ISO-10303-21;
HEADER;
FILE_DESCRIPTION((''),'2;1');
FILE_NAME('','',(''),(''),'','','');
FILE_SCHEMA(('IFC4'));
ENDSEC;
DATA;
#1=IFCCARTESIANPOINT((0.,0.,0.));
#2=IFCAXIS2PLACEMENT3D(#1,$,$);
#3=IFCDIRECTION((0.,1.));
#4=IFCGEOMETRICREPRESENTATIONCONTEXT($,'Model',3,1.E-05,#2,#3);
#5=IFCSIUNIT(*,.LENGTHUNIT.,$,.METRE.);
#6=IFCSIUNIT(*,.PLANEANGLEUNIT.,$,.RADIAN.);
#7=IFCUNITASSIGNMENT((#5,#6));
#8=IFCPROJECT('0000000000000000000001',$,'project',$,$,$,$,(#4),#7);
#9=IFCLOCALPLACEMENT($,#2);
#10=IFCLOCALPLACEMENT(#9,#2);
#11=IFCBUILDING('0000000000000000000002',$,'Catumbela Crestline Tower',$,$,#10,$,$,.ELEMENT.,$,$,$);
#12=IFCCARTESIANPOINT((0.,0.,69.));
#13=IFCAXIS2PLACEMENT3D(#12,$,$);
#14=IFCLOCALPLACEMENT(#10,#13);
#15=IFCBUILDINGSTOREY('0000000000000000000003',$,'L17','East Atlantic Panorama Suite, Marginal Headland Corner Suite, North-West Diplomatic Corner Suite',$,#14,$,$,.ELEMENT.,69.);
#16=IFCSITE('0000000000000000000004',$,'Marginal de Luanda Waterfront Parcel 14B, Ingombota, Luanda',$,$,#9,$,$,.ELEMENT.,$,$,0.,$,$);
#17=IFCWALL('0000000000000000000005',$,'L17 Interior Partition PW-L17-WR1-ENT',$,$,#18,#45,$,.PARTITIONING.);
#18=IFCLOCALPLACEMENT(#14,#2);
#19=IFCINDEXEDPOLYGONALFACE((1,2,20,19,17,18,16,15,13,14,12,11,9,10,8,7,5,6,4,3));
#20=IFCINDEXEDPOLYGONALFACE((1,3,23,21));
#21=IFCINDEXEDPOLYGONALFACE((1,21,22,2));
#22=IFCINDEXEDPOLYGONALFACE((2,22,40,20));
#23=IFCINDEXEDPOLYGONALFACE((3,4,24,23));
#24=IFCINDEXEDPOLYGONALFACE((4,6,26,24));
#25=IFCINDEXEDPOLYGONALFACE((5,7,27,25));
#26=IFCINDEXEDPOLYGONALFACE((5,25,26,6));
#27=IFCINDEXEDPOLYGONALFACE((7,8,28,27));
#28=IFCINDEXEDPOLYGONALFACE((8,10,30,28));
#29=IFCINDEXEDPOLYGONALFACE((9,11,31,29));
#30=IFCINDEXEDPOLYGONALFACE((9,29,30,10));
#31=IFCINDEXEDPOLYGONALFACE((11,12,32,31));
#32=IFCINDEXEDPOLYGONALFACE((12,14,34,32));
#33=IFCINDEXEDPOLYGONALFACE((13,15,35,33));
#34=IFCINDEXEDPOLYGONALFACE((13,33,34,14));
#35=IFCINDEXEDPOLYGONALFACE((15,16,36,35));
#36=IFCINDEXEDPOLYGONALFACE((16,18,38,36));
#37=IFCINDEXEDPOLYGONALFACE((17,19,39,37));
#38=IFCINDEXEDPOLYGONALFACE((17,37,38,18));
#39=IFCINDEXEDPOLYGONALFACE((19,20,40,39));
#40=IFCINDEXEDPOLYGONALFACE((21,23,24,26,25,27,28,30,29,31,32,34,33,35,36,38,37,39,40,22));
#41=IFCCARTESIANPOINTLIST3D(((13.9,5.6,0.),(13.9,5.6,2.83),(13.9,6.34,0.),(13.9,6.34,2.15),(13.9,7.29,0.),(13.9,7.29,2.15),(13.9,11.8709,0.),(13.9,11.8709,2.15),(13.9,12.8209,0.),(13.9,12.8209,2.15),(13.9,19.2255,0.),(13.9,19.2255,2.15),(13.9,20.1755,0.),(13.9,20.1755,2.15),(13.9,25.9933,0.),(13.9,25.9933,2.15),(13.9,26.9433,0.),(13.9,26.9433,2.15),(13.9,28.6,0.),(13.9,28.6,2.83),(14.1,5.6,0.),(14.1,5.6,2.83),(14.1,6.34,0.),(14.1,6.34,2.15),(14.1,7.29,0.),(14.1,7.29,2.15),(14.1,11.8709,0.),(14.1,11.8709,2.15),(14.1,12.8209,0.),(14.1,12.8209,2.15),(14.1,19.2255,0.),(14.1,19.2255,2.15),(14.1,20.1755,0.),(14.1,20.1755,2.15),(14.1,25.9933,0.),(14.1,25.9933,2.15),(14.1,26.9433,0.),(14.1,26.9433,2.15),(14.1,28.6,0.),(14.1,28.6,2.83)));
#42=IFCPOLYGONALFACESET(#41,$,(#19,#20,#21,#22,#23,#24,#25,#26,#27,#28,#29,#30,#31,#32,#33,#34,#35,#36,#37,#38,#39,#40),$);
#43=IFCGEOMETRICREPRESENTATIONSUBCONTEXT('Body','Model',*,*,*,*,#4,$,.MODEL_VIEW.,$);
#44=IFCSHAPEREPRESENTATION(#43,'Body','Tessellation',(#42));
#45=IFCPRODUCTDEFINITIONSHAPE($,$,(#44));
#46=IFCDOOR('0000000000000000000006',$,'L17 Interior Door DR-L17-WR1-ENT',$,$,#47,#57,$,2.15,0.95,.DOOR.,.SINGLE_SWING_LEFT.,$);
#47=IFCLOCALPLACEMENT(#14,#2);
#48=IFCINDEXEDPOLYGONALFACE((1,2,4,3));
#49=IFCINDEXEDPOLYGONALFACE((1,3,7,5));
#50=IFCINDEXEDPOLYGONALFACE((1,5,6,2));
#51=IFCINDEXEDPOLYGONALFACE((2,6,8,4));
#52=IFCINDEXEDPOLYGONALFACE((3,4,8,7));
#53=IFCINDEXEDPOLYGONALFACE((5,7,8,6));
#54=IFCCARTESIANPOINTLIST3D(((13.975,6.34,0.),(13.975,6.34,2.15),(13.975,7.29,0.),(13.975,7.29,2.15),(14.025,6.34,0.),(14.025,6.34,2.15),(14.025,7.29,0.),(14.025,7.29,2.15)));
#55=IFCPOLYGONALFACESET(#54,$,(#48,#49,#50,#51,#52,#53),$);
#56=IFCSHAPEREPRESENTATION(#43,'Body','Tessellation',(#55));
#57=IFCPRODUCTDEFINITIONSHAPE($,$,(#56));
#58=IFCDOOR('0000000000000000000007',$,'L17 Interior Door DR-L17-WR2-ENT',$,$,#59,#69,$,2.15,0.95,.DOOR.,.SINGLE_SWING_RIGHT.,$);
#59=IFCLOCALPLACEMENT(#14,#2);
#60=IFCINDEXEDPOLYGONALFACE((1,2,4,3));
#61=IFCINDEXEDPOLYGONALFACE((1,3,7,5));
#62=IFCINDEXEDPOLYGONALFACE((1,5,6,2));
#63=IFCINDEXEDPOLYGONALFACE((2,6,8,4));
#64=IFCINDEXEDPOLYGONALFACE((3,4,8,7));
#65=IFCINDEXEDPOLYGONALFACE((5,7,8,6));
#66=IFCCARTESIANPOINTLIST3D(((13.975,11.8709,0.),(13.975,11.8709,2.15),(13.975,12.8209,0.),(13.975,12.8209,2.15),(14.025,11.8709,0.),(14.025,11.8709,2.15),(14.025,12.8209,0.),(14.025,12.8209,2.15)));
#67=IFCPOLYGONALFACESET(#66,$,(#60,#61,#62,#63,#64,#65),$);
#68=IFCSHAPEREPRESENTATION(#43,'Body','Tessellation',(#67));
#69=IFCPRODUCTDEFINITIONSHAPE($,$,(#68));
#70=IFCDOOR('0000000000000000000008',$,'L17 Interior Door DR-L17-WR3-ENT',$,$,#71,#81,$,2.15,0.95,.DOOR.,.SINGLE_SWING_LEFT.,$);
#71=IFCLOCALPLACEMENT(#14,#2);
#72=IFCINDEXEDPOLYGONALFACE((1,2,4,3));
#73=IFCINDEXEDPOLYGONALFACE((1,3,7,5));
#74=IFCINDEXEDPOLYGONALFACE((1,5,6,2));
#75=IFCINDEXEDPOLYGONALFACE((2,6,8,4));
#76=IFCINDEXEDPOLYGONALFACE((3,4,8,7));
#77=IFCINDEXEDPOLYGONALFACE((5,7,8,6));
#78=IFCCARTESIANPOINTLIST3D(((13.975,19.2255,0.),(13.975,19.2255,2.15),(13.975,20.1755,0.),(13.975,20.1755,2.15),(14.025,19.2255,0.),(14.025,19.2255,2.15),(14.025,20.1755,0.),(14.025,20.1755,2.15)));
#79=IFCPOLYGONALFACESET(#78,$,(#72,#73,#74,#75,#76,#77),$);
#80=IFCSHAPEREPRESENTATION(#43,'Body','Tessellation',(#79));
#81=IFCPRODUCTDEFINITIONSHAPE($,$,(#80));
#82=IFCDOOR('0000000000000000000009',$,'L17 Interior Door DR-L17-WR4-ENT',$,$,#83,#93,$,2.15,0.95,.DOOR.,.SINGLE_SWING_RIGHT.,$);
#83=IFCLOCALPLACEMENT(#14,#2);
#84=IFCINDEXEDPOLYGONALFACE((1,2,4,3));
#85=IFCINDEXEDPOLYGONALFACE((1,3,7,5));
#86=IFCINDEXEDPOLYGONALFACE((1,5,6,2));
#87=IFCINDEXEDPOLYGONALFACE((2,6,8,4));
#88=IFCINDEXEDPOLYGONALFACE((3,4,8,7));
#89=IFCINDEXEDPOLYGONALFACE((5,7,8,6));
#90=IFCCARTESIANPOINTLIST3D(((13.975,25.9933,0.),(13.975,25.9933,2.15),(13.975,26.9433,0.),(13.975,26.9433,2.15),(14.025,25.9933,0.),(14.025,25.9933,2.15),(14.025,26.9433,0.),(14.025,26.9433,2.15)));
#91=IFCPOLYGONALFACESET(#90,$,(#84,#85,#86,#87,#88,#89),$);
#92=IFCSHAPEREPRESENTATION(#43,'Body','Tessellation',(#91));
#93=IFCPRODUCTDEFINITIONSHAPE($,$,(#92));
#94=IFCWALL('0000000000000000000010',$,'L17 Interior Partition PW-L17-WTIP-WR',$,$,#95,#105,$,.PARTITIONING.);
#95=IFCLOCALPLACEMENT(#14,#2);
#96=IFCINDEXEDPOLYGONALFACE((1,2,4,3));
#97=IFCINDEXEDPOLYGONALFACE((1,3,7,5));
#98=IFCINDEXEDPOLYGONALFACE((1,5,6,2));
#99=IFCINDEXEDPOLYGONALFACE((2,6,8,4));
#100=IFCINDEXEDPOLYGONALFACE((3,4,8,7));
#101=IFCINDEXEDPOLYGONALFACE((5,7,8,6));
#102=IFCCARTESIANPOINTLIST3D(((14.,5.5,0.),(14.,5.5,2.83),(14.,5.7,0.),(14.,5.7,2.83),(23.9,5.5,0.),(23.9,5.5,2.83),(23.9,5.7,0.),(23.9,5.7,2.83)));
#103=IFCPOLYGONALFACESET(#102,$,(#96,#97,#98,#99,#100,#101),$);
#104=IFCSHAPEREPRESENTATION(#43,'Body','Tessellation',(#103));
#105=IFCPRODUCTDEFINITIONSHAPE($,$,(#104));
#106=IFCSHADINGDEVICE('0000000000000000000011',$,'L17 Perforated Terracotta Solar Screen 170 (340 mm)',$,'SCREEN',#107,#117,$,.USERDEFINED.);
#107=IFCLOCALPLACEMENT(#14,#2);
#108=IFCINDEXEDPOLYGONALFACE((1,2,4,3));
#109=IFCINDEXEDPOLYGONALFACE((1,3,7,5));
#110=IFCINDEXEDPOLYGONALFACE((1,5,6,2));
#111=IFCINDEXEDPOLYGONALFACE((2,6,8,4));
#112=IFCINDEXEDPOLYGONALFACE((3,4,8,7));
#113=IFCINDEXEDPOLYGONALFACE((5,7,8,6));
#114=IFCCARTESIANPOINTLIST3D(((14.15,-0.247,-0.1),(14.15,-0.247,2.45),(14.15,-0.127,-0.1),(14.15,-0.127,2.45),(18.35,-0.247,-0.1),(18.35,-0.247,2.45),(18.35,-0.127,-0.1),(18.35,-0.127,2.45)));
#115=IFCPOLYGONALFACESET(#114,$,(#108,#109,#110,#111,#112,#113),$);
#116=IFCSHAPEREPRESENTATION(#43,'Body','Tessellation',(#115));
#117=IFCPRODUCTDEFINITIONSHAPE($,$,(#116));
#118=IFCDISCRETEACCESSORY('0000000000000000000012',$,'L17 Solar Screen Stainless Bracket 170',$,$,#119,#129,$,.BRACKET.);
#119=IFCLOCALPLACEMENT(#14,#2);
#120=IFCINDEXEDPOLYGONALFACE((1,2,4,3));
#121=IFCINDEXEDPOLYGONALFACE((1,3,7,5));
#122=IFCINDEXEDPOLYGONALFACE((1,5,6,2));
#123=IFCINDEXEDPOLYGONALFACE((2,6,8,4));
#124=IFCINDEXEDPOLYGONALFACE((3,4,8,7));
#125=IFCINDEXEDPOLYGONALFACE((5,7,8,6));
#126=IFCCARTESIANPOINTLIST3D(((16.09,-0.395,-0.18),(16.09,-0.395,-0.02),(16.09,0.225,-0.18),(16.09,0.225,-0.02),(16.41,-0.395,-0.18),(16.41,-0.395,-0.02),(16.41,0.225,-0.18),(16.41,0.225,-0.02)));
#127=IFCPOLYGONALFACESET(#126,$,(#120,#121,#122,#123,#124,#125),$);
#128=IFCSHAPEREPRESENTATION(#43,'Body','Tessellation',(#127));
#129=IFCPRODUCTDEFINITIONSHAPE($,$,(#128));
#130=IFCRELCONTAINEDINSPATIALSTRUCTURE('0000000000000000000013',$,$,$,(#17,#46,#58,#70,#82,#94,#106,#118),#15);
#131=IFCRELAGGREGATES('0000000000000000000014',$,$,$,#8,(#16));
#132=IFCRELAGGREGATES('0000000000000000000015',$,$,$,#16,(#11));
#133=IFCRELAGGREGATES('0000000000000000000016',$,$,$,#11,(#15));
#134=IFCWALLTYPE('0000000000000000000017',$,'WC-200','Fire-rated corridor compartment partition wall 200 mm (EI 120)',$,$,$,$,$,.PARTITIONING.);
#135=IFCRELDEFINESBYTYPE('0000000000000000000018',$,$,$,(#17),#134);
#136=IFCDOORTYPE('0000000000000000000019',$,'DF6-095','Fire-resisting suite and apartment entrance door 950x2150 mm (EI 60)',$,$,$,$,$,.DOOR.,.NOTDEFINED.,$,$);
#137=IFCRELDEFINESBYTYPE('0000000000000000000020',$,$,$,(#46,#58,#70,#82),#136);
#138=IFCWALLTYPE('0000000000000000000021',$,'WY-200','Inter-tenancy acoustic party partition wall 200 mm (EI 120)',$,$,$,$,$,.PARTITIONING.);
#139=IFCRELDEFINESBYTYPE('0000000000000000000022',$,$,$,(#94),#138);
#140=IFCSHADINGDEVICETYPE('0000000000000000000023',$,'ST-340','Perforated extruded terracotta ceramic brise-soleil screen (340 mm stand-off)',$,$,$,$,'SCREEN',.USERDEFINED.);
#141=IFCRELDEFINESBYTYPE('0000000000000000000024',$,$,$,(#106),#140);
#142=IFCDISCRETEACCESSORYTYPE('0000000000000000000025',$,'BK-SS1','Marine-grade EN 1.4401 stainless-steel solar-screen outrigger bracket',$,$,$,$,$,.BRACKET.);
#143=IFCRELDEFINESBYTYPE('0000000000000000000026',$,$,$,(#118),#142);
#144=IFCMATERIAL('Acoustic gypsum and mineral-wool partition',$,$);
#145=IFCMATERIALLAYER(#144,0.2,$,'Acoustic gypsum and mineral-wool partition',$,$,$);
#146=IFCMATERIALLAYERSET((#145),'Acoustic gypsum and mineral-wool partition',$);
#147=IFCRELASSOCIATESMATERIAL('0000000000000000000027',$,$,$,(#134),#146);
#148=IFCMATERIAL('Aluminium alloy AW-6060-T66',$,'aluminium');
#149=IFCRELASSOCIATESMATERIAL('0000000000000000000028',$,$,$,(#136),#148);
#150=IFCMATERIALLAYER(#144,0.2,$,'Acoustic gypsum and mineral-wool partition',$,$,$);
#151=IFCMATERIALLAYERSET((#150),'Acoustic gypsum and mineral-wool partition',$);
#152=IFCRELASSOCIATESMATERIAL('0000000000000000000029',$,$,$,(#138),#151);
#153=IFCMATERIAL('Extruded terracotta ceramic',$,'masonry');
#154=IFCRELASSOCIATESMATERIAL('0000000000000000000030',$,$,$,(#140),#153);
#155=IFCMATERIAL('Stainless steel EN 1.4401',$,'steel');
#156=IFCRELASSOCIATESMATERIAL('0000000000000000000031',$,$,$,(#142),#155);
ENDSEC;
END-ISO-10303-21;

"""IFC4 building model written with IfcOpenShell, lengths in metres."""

from ifc_helpers import new_model, si_unit, direction, frame, frame_2d, origin, origin_2d, place, context, subcontext, project, spatial, rectangle, extrude, material, layer, layer_set, type_object, element, fill, save


model = new_model("IFC4")

# Units and contexts
model_context = context("Model", 3, precision=1e-05, world=origin(), true_north=direction((0.0, 1.0)))
body_context = subcontext(model_context, "Body", "Model", "MODEL_VIEW")
ifc_project = project(units=[si_unit("LENGTHUNIT", "METRE"), si_unit("PLANEANGLEUNIT", "RADIAN")], contexts=[model_context])

# Site, building, storey
site_placement = place(None, origin())
site = spatial("IfcSite", under=ifc_project, at=site_placement, Name="Marginal de Luanda Waterfront Parcel 14B, Ingombota, Luanda", CompositionType="ELEMENT", RefElevation=0.0)
building_placement = place(site_placement, origin())
building = spatial("IfcBuilding", under=site, at=building_placement, Name="Catumbela Crestline Tower", CompositionType="ELEMENT")
storey_placement = place(building_placement, frame((0.0, 0.0, 69.0)))
storey = spatial("IfcBuildingStorey", under=building, at=storey_placement, Name="L17", Description="East Atlantic Panorama Suite, Marginal Headland Corner Suite, North-West Diplomatic Corner Suite", CompositionType="ELEMENT", Elevation=69.0)

# Shared definitions
ifc_material_1 = material(Name="Aluminium alloy AW-6060-T66", Category="aluminium")

# Wall, openings, doors
ifc_material_2 = material(Name="Acoustic gypsum and mineral-wool partition")
ifc_layer_1 = layer(ifc_material_2, 0.2, Name="Acoustic gypsum and mineral-wool partition")
ifc_layer_set_1 = layer_set([ifc_layer_1], Name="Acoustic gypsum and mineral-wool partition")
wall_type_1 = type_object("IfcWallType", Name="WC-200", Description="Fire-rated corridor compartment partition wall 200 mm (EI 120)", PredefinedType="PARTITIONING", material=ifc_layer_set_1)
door_type = type_object("IfcDoorType", Name="DF6-095", Description="Fire-resisting suite and apartment entrance door 950x2150 mm (EI 60)", OperationType="NOTDEFINED", PredefinedType="DOOR", material=ifc_material_1)
wall_1_placement = place(storey_placement, frame((14.0, 5.6, 0.0), z_axis=(0.0, 0.0, 1.0), x_axis=(0.0, 1.0, 0.0)))
wall_1 = element("IfcWall", 1, at=wall_1_placement, inside=storey, type_object=wall_type_1, Name="L17 Interior Partition PW-L17-WR1-ENT", PredefinedType="PARTITIONING", context=body_context, shape_type="SweptSolid", body=[
    extrude(rectangle(XDim=23.0, YDim=0.2, at=frame_2d((11.5, 0.0))), origin(), (0.0, 0.0, 1.0), 2.83),
])
opening_1_placement = place(wall_1_placement, frame((0.74, 0.0, 0.0)))
opening_1 = element("IfcOpeningElement", 2, at=opening_1_placement, cuts=wall_1, PredefinedType="OPENING", context=body_context, shape_type="SweptSolid", body=[
    extrude(rectangle(XDim=0.95, YDim=2.15, at=frame_2d((0.475, 1.075))), frame((0.0, 0.11, 0.0), z_axis=(0.0, -1.0, 0.0), x_axis=(1.0, 0.0, 0.0)), (0.0, 0.0, 1.0), 0.22),
])
opening_2_placement = place(wall_1_placement, frame((6.2709, 0.0, 0.0)))
opening_2 = element("IfcOpeningElement", 3, at=opening_2_placement, cuts=wall_1, PredefinedType="OPENING", context=body_context, shape_type="SweptSolid", body=[
    extrude(rectangle(XDim=0.95, YDim=2.15, at=frame_2d((0.475, 1.075))), frame((0.0, 0.11, 0.0), z_axis=(0.0, -1.0, 0.0), x_axis=(1.0, 0.0, 0.0)), (0.0, 0.0, 1.0), 0.22),
])
opening_3_placement = place(wall_1_placement, frame((13.6255, 0.0, 0.0)))
opening_3 = element("IfcOpeningElement", 4, at=opening_3_placement, cuts=wall_1, PredefinedType="OPENING", context=body_context, shape_type="SweptSolid", body=[
    extrude(rectangle(XDim=0.95, YDim=2.15, at=frame_2d((0.475, 1.075))), frame((0.0, 0.11, 0.0), z_axis=(0.0, -1.0, 0.0), x_axis=(1.0, 0.0, 0.0)), (0.0, 0.0, 1.0), 0.22),
])
opening_4_placement = place(wall_1_placement, frame((20.3933, 0.0, 0.0)))
opening_4 = element("IfcOpeningElement", 5, at=opening_4_placement, cuts=wall_1, PredefinedType="OPENING", context=body_context, shape_type="SweptSolid", body=[
    extrude(rectangle(XDim=0.95, YDim=2.15, at=frame_2d((0.475, 1.075))), frame((0.0, 0.11, 0.0), z_axis=(0.0, -1.0, 0.0), x_axis=(1.0, 0.0, 0.0)), (0.0, 0.0, 1.0), 0.22),
])
door_1_placement = place(opening_1_placement, origin())
door_1 = element("IfcDoor", 6, at=door_1_placement, inside=storey, type_object=door_type, Name="L17 Interior Door DR-L17-WR1-ENT", OperationType="SINGLE_SWING_LEFT", OverallHeight=2.15, OverallWidth=0.95, PredefinedType="DOOR", context=body_context, shape_type="SweptSolid", body=[
    extrude(rectangle(XDim=0.95, YDim=2.15, at=frame_2d((0.475, 1.075))), frame((0.0, 0.025, 0.0), z_axis=(0.0, -1.0, 0.0), x_axis=(1.0, 0.0, 0.0)), (0.0, 0.0, 1.0), 0.05),
])
fill(opening_1, door_1)
door_2_placement = place(opening_2_placement, origin())
door_2 = element("IfcDoor", 7, at=door_2_placement, inside=storey, type_object=door_type, Name="L17 Interior Door DR-L17-WR2-ENT", OperationType="SINGLE_SWING_RIGHT", OverallHeight=2.15, OverallWidth=0.95, PredefinedType="DOOR", context=body_context, shape_type="SweptSolid", body=[
    extrude(rectangle(XDim=0.95, YDim=2.15, at=frame_2d((0.475, 1.075))), frame((0.0, 0.025, 0.0), z_axis=(0.0, -1.0, 0.0), x_axis=(1.0, 0.0, 0.0)), (0.0, 0.0, 1.0), 0.05),
])
fill(opening_2, door_2)
door_3_placement = place(opening_3_placement, origin())
door_3 = element("IfcDoor", 8, at=door_3_placement, inside=storey, type_object=door_type, Name="L17 Interior Door DR-L17-WR3-ENT", OperationType="SINGLE_SWING_LEFT", OverallHeight=2.15, OverallWidth=0.95, PredefinedType="DOOR", context=body_context, shape_type="SweptSolid", body=[
    extrude(rectangle(XDim=0.95, YDim=2.15, at=frame_2d((0.475, 1.075))), frame((0.0, 0.025, 0.0), z_axis=(0.0, -1.0, 0.0), x_axis=(1.0, 0.0, 0.0)), (0.0, 0.0, 1.0), 0.05),
])
fill(opening_3, door_3)
door_4_placement = place(opening_4_placement, origin())
door_4 = element("IfcDoor", 9, at=door_4_placement, inside=storey, type_object=door_type, Name="L17 Interior Door DR-L17-WR4-ENT", OperationType="SINGLE_SWING_RIGHT", OverallHeight=2.15, OverallWidth=0.95, PredefinedType="DOOR", context=body_context, shape_type="SweptSolid", body=[
    extrude(rectangle(XDim=0.95, YDim=2.15, at=frame_2d((0.475, 1.075))), frame((0.0, 0.025, 0.0), z_axis=(0.0, -1.0, 0.0), x_axis=(1.0, 0.0, 0.0)), (0.0, 0.0, 1.0), 0.05),
])
fill(opening_4, door_4)

# Wall
ifc_layer_2 = layer(ifc_material_2, 0.2, Name="Acoustic gypsum and mineral-wool partition")
ifc_layer_set_2 = layer_set([ifc_layer_2], Name="Acoustic gypsum and mineral-wool partition")
wall_type_2 = type_object("IfcWallType", Name="WY-200", Description="Inter-tenancy acoustic party partition wall 200 mm (EI 120)", PredefinedType="PARTITIONING", material=ifc_layer_set_2)
wall_2_placement = place(storey_placement, frame((14.0, 5.6, 0.0), z_axis=(0.0, 0.0, 1.0), x_axis=(1.0, 0.0, 0.0)))
element("IfcWall", 10, at=wall_2_placement, inside=storey, type_object=wall_type_2, Name="L17 Interior Partition PW-L17-WTIP-WR", PredefinedType="PARTITIONING", context=body_context, shape_type="SweptSolid", body=[
    extrude(rectangle(XDim=9.9, YDim=0.2, at=frame_2d((4.95, 0.0))), origin(), (0.0, 0.0, 1.0), 2.83),
])

# Shading device
ifc_material_3 = material(Name="Extruded terracotta ceramic", Category="masonry")
shading_device_type = type_object("IfcShadingDeviceType", Name="ST-340", Description="Perforated extruded terracotta ceramic brise-soleil screen (340 mm stand-off)", ElementType="SCREEN", PredefinedType="USERDEFINED", material=ifc_material_3)
shading_device_placement = place(storey_placement, frame((16.25, -0.187, -0.1), z_axis=(0.0, 0.0, 1.0), x_axis=(1.0, 0.0, 0.0)))
element("IfcShadingDevice", 11, at=shading_device_placement, inside=storey, type_object=shading_device_type, Name="L17 Perforated Terracotta Solar Screen 170 (340 mm)", ObjectType="SCREEN", PredefinedType="USERDEFINED", context=body_context, shape_type="SweptSolid", body=[
    extrude(rectangle(XDim=4.2, YDim=0.12, at=origin_2d()), origin(), (0.0, 0.0, 1.0), 2.55),
])

# Discrete accessory
ifc_material_4 = material(Name="Stainless steel EN 1.4401", Category="steel")
discrete_accessory_type = type_object("IfcDiscreteAccessoryType", Name="BK-SS1", Description="Marine-grade EN 1.4401 stainless-steel solar-screen outrigger bracket", PredefinedType="BRACKET", material=ifc_material_4)
discrete_accessory_placement = place(storey_placement, frame((16.25, -0.085, -0.18), z_axis=(0.0, 0.0, 1.0), x_axis=(1.0, 0.0, 0.0)))
element("IfcDiscreteAccessory", 12, at=discrete_accessory_placement, inside=storey, type_object=discrete_accessory_type, Name="L17 Solar Screen Stainless Bracket 170", PredefinedType="BRACKET", context=body_context, shape_type="SweptSolid", body=[
    extrude(rectangle(XDim=0.32, YDim=0.62, at=origin_2d()), origin(), (0.0, 0.0, 1.0), 0.16),
])

save(model, "model.ifc")
